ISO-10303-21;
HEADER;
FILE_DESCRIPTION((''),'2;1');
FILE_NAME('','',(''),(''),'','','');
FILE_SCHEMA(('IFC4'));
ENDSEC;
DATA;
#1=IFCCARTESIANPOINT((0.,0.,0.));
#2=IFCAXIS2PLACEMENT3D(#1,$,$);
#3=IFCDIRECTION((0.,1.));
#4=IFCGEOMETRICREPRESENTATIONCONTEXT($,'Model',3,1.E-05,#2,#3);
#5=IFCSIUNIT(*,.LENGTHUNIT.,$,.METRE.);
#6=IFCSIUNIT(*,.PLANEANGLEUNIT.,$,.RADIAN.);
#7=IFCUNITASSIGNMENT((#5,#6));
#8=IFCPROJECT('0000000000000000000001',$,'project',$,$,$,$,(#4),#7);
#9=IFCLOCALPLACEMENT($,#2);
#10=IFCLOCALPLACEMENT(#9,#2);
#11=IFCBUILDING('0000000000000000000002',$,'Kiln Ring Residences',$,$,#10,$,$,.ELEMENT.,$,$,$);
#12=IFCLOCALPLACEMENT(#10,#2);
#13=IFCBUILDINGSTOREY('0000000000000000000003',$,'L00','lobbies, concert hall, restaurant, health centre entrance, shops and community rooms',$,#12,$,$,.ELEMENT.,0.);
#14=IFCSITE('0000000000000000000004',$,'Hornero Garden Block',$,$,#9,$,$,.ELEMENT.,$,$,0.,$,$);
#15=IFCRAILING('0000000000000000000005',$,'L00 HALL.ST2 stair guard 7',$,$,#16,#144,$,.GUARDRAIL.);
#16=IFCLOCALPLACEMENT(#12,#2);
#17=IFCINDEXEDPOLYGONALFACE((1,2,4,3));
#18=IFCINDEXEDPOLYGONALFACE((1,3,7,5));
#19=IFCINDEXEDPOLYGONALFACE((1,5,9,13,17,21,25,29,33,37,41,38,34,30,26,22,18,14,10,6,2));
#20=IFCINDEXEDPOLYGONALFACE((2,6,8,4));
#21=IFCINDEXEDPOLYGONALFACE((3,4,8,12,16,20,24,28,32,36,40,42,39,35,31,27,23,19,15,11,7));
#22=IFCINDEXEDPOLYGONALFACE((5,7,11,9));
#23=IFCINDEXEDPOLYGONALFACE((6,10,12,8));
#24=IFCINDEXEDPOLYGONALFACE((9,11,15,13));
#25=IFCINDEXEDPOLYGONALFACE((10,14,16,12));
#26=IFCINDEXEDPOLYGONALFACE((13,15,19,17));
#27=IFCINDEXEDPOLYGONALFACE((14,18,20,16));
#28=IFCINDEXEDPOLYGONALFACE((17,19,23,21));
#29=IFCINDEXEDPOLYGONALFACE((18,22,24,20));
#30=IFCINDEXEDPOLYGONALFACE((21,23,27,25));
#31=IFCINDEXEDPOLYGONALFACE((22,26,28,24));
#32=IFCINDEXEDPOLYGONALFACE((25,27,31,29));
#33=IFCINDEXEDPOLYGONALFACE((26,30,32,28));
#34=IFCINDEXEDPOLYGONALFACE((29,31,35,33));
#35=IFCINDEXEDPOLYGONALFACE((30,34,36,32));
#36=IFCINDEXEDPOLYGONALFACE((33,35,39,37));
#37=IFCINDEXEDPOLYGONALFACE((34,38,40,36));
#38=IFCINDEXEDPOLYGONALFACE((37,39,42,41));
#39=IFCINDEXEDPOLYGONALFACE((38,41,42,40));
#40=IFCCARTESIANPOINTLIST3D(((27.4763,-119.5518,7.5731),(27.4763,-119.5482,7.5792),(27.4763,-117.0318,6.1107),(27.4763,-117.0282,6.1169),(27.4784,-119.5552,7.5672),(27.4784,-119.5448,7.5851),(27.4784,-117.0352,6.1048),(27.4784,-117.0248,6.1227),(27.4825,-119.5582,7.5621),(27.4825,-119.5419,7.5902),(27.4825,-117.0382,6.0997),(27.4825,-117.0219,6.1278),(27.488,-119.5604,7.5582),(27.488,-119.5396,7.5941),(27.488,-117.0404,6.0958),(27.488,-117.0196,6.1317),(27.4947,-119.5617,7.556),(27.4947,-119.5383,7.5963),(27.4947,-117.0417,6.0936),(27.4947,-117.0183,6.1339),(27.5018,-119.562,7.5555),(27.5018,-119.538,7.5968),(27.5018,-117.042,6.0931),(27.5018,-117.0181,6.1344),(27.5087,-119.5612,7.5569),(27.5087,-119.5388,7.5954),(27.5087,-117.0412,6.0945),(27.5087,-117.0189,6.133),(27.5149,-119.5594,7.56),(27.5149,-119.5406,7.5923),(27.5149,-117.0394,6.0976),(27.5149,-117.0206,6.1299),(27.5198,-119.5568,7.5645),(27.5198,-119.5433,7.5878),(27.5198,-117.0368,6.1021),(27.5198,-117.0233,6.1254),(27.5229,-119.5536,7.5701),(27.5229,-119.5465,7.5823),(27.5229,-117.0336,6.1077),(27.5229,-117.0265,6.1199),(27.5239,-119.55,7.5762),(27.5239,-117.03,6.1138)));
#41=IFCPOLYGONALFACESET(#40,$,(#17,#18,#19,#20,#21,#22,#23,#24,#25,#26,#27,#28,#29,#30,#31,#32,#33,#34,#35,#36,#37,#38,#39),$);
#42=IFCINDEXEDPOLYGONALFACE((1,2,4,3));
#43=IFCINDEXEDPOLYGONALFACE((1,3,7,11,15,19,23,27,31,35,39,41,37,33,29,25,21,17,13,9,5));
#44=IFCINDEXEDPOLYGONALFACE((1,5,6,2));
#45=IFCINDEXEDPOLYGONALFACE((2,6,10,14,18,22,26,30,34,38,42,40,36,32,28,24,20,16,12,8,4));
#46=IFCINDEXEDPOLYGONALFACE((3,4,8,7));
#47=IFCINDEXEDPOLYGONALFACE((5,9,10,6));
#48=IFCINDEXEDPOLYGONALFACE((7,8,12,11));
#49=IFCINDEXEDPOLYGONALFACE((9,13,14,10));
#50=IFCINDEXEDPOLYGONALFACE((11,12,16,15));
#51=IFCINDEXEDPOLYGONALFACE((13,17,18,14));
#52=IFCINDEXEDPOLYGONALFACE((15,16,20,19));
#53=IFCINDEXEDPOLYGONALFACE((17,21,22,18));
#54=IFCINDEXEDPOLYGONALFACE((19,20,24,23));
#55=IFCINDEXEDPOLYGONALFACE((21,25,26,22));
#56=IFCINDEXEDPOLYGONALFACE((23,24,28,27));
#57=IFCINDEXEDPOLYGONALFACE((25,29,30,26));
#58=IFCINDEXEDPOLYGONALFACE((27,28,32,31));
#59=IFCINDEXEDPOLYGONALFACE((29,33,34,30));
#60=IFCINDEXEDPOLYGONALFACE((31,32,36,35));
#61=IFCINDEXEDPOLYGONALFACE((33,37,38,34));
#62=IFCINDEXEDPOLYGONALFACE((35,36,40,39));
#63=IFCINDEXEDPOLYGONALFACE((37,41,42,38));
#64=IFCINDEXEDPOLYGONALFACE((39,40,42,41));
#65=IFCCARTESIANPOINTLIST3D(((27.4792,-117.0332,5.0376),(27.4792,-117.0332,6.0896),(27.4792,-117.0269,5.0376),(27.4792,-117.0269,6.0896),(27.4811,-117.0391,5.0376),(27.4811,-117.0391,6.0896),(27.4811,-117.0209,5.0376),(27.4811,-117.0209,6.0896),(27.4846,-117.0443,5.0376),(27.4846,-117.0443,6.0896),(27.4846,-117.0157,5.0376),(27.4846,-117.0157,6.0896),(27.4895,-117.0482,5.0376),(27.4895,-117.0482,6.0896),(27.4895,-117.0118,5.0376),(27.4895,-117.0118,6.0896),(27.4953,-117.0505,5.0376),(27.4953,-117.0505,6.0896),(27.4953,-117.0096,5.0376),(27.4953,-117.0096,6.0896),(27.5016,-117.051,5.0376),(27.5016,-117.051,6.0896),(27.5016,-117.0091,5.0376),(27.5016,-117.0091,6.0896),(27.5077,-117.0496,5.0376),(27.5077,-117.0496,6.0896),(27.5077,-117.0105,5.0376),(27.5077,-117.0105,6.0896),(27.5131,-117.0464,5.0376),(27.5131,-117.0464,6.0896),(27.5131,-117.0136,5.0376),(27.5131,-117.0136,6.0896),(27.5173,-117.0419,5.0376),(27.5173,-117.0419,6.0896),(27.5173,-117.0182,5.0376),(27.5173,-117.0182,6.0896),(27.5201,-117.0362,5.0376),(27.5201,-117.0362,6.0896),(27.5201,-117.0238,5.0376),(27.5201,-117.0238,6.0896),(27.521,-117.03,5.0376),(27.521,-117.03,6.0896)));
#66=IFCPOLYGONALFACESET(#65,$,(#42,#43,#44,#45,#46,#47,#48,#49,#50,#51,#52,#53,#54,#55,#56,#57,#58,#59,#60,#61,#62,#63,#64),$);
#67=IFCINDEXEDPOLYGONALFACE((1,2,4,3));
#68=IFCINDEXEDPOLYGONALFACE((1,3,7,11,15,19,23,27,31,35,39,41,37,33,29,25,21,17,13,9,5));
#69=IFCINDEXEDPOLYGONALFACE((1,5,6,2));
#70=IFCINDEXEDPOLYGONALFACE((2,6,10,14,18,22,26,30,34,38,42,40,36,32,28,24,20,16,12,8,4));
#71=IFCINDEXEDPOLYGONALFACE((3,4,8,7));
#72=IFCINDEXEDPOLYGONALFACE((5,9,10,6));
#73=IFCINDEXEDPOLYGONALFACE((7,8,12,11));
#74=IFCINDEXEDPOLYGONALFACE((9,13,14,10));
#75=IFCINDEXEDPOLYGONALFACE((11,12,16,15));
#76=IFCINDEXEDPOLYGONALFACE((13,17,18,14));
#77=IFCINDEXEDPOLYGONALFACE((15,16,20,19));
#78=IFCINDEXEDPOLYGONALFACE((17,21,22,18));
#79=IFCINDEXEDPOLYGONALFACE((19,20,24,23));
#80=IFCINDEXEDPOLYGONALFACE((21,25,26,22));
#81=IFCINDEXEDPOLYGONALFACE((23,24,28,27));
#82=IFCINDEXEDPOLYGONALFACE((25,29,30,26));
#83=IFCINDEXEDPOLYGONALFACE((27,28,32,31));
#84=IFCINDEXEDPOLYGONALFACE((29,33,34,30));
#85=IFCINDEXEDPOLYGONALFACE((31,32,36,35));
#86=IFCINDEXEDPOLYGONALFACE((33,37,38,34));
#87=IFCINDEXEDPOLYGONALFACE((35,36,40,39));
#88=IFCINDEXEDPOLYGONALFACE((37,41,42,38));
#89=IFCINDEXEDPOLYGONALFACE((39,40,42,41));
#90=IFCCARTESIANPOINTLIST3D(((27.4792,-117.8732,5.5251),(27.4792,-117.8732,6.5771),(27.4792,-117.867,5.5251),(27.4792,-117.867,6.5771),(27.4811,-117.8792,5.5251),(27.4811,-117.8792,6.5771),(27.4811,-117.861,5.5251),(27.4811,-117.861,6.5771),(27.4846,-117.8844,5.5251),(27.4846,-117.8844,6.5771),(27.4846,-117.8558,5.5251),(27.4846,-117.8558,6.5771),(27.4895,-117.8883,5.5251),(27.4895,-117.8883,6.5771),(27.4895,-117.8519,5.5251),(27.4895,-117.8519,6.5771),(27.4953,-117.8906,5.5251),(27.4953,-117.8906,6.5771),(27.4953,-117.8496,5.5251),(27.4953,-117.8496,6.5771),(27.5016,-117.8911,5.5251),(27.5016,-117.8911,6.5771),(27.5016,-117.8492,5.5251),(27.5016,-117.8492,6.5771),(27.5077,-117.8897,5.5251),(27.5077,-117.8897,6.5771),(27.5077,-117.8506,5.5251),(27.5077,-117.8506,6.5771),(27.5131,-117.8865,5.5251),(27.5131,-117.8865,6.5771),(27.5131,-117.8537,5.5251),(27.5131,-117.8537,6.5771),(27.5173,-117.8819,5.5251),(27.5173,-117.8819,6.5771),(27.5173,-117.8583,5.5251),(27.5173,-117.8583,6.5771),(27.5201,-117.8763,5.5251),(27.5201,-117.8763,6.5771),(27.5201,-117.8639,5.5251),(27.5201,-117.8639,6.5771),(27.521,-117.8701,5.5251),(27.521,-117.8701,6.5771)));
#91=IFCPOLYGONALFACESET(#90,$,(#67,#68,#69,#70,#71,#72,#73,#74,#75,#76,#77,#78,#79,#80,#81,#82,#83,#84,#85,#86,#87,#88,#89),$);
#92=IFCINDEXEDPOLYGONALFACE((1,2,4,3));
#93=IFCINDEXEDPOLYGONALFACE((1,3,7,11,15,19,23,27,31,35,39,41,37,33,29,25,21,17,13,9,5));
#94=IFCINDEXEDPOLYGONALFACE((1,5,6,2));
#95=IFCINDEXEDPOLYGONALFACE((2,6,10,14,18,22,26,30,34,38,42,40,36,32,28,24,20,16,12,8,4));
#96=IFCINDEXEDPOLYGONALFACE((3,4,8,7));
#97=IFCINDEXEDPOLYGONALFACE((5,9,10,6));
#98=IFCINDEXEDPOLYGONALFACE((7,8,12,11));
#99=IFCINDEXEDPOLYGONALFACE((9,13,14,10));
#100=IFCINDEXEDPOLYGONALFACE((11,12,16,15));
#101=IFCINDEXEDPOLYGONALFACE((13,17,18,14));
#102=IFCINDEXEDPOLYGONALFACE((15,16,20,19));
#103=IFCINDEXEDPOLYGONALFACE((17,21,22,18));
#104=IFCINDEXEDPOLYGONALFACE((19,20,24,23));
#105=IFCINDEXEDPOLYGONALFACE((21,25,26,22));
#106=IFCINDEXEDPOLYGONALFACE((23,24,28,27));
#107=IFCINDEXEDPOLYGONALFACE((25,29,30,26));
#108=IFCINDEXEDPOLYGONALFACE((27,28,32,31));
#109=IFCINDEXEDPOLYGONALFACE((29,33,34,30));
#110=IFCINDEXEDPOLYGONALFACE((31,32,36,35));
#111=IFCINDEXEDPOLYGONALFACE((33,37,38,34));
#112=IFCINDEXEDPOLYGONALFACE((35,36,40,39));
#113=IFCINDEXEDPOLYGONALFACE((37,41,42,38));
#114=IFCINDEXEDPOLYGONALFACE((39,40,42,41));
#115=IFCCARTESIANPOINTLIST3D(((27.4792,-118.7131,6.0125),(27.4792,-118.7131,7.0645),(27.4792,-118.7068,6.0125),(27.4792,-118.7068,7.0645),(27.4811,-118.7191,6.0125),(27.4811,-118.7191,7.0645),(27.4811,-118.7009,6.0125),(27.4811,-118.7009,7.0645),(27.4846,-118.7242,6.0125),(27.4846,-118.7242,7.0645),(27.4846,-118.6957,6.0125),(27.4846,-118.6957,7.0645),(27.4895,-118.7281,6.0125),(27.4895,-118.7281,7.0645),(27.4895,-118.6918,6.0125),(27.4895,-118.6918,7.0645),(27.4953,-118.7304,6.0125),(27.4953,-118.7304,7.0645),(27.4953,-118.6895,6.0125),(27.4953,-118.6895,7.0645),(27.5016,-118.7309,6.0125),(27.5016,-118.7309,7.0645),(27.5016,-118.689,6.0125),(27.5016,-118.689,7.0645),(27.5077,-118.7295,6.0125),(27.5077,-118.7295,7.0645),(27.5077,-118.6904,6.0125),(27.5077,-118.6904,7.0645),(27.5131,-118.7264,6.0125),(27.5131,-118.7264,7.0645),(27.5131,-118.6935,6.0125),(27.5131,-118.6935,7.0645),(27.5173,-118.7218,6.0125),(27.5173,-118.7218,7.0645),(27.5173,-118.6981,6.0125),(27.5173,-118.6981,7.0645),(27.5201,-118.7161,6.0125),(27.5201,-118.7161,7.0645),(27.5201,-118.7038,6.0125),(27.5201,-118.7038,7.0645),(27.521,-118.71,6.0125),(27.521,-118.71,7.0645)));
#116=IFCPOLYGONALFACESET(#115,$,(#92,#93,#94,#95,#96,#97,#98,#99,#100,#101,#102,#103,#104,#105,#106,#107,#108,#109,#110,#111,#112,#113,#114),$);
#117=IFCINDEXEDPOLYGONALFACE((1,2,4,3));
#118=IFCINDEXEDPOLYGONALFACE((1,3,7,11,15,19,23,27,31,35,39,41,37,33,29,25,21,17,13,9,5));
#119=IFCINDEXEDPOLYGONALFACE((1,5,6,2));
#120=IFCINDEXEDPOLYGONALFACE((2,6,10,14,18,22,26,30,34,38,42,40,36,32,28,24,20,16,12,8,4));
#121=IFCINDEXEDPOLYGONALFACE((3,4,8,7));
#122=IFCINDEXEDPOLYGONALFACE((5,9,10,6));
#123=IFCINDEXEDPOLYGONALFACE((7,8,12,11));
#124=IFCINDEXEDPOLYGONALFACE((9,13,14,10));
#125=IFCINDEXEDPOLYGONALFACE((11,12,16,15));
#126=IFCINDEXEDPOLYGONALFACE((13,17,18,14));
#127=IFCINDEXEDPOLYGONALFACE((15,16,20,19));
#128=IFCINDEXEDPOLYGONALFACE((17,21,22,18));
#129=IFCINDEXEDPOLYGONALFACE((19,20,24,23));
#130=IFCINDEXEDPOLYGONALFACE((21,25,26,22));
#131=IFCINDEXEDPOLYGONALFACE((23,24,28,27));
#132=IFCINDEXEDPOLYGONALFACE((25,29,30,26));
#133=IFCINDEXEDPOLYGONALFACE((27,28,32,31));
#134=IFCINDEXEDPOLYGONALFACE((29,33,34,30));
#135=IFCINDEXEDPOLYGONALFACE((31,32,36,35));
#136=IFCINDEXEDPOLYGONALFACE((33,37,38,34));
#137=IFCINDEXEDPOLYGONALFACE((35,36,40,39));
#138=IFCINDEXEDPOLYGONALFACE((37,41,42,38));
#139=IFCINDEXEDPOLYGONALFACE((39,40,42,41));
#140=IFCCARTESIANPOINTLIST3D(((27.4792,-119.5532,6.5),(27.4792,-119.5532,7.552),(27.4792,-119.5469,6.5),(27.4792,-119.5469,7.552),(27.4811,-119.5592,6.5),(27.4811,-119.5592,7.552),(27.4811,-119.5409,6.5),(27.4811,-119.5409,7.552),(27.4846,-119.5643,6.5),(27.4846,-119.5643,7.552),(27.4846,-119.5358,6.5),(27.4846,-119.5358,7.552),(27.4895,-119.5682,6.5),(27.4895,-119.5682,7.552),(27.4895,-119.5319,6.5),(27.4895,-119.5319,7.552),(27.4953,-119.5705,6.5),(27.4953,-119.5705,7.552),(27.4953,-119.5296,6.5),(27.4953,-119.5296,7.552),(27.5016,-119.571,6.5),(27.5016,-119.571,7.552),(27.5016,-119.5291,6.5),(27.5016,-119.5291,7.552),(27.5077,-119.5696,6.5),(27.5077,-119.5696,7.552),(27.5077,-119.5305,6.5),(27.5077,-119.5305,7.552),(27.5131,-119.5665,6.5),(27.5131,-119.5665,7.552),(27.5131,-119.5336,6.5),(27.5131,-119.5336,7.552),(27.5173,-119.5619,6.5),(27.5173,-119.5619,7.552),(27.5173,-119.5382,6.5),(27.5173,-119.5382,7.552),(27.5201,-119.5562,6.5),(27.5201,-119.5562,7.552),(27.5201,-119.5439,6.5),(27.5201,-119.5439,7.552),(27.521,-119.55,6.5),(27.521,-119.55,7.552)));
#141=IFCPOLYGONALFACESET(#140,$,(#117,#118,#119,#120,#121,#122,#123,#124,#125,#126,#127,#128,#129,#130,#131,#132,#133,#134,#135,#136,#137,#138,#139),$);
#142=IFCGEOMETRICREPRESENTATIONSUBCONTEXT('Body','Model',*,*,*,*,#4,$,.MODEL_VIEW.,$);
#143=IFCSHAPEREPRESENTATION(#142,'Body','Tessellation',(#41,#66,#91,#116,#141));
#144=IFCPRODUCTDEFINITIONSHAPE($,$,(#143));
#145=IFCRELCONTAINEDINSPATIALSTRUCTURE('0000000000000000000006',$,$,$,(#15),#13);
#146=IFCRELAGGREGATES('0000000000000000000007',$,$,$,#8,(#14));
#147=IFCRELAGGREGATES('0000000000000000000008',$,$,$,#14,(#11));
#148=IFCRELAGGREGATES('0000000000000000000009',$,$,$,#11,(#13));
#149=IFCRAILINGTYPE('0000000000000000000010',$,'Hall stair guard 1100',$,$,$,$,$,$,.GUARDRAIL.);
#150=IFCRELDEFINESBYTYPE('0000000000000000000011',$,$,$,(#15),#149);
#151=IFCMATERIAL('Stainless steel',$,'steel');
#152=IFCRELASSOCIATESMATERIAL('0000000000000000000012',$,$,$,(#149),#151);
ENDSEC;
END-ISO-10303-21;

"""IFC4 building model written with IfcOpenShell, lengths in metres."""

from ifc_helpers import new_model, si_unit, direction, frame, origin, origin_2d, place, context, subcontext, project, spatial, circle, extrude, material, type_object, element, save


model = new_model("IFC4")

# Units and contexts
model_context = context("Model", 3, precision=1e-05, world=origin(), true_north=direction((0.0, 1.0)))
body_context = subcontext(model_context, "Body", "Model", "MODEL_VIEW")
ifc_project = project(units=[si_unit("LENGTHUNIT", "METRE"), si_unit("PLANEANGLEUNIT", "RADIAN")], contexts=[model_context])

# Site, building, storey
site_placement = place(None, origin())
site = spatial("IfcSite", under=ifc_project, at=site_placement, Name="Hornero Garden Block", CompositionType="ELEMENT", RefElevation=0.0)
building_placement = place(site_placement, origin())
building = spatial("IfcBuilding", under=site, at=building_placement, Name="Kiln Ring Residences", CompositionType="ELEMENT")
storey_placement = place(building_placement, origin())
storey = spatial("IfcBuildingStorey", under=building, at=storey_placement, Name="L00", Description="lobbies, concert hall, restaurant, health centre entrance, shops and community rooms", CompositionType="ELEMENT", Elevation=0.0)

# Railing
ifc_material_1 = material(Name="Stainless steel", Category="steel")
railing_type_1 = type_object("IfcRailingType", Name="Hall stair guard 1100", PredefinedType="GUARDRAIL", material=ifc_material_1)
railing_1_placement = place(storey_placement, frame((27.5, -117.03, 5.0376)))
element("IfcRailing", 1, at=railing_1_placement, inside=storey, type_object=railing_type_1, Name="L00 HALL.ST2 stair guard 7", PredefinedType="GUARDRAIL", context=body_context, shape_type="SweptSolid", body=[
    extrude(circle(Radius=0.0239, at=origin_2d()), frame((0.0, 0.0, 1.0762), z_axis=(0.0, -0.864913, 0.501921), x_axis=(1.0, 0.0, 0.0)), (0.0, 0.0, 1.0), 2.9136),
    extrude(circle(Radius=0.021, at=origin_2d()), origin(), (0.0, 0.0, 1.0), 1.052),
    extrude(circle(Radius=0.021, at=origin_2d()), frame((0.0, -0.8401, 0.4875)), (0.0, 0.0, 1.0), 1.052),
    extrude(circle(Radius=0.021, at=origin_2d()), frame((0.0, -1.6799, 0.9749)), (0.0, 0.0, 1.0), 1.052),
    extrude(circle(Radius=0.021, at=origin_2d()), frame((0.0, -2.52, 1.4624)), (0.0, 0.0, 1.0), 1.052),
])

save(model, "model.ifc")
